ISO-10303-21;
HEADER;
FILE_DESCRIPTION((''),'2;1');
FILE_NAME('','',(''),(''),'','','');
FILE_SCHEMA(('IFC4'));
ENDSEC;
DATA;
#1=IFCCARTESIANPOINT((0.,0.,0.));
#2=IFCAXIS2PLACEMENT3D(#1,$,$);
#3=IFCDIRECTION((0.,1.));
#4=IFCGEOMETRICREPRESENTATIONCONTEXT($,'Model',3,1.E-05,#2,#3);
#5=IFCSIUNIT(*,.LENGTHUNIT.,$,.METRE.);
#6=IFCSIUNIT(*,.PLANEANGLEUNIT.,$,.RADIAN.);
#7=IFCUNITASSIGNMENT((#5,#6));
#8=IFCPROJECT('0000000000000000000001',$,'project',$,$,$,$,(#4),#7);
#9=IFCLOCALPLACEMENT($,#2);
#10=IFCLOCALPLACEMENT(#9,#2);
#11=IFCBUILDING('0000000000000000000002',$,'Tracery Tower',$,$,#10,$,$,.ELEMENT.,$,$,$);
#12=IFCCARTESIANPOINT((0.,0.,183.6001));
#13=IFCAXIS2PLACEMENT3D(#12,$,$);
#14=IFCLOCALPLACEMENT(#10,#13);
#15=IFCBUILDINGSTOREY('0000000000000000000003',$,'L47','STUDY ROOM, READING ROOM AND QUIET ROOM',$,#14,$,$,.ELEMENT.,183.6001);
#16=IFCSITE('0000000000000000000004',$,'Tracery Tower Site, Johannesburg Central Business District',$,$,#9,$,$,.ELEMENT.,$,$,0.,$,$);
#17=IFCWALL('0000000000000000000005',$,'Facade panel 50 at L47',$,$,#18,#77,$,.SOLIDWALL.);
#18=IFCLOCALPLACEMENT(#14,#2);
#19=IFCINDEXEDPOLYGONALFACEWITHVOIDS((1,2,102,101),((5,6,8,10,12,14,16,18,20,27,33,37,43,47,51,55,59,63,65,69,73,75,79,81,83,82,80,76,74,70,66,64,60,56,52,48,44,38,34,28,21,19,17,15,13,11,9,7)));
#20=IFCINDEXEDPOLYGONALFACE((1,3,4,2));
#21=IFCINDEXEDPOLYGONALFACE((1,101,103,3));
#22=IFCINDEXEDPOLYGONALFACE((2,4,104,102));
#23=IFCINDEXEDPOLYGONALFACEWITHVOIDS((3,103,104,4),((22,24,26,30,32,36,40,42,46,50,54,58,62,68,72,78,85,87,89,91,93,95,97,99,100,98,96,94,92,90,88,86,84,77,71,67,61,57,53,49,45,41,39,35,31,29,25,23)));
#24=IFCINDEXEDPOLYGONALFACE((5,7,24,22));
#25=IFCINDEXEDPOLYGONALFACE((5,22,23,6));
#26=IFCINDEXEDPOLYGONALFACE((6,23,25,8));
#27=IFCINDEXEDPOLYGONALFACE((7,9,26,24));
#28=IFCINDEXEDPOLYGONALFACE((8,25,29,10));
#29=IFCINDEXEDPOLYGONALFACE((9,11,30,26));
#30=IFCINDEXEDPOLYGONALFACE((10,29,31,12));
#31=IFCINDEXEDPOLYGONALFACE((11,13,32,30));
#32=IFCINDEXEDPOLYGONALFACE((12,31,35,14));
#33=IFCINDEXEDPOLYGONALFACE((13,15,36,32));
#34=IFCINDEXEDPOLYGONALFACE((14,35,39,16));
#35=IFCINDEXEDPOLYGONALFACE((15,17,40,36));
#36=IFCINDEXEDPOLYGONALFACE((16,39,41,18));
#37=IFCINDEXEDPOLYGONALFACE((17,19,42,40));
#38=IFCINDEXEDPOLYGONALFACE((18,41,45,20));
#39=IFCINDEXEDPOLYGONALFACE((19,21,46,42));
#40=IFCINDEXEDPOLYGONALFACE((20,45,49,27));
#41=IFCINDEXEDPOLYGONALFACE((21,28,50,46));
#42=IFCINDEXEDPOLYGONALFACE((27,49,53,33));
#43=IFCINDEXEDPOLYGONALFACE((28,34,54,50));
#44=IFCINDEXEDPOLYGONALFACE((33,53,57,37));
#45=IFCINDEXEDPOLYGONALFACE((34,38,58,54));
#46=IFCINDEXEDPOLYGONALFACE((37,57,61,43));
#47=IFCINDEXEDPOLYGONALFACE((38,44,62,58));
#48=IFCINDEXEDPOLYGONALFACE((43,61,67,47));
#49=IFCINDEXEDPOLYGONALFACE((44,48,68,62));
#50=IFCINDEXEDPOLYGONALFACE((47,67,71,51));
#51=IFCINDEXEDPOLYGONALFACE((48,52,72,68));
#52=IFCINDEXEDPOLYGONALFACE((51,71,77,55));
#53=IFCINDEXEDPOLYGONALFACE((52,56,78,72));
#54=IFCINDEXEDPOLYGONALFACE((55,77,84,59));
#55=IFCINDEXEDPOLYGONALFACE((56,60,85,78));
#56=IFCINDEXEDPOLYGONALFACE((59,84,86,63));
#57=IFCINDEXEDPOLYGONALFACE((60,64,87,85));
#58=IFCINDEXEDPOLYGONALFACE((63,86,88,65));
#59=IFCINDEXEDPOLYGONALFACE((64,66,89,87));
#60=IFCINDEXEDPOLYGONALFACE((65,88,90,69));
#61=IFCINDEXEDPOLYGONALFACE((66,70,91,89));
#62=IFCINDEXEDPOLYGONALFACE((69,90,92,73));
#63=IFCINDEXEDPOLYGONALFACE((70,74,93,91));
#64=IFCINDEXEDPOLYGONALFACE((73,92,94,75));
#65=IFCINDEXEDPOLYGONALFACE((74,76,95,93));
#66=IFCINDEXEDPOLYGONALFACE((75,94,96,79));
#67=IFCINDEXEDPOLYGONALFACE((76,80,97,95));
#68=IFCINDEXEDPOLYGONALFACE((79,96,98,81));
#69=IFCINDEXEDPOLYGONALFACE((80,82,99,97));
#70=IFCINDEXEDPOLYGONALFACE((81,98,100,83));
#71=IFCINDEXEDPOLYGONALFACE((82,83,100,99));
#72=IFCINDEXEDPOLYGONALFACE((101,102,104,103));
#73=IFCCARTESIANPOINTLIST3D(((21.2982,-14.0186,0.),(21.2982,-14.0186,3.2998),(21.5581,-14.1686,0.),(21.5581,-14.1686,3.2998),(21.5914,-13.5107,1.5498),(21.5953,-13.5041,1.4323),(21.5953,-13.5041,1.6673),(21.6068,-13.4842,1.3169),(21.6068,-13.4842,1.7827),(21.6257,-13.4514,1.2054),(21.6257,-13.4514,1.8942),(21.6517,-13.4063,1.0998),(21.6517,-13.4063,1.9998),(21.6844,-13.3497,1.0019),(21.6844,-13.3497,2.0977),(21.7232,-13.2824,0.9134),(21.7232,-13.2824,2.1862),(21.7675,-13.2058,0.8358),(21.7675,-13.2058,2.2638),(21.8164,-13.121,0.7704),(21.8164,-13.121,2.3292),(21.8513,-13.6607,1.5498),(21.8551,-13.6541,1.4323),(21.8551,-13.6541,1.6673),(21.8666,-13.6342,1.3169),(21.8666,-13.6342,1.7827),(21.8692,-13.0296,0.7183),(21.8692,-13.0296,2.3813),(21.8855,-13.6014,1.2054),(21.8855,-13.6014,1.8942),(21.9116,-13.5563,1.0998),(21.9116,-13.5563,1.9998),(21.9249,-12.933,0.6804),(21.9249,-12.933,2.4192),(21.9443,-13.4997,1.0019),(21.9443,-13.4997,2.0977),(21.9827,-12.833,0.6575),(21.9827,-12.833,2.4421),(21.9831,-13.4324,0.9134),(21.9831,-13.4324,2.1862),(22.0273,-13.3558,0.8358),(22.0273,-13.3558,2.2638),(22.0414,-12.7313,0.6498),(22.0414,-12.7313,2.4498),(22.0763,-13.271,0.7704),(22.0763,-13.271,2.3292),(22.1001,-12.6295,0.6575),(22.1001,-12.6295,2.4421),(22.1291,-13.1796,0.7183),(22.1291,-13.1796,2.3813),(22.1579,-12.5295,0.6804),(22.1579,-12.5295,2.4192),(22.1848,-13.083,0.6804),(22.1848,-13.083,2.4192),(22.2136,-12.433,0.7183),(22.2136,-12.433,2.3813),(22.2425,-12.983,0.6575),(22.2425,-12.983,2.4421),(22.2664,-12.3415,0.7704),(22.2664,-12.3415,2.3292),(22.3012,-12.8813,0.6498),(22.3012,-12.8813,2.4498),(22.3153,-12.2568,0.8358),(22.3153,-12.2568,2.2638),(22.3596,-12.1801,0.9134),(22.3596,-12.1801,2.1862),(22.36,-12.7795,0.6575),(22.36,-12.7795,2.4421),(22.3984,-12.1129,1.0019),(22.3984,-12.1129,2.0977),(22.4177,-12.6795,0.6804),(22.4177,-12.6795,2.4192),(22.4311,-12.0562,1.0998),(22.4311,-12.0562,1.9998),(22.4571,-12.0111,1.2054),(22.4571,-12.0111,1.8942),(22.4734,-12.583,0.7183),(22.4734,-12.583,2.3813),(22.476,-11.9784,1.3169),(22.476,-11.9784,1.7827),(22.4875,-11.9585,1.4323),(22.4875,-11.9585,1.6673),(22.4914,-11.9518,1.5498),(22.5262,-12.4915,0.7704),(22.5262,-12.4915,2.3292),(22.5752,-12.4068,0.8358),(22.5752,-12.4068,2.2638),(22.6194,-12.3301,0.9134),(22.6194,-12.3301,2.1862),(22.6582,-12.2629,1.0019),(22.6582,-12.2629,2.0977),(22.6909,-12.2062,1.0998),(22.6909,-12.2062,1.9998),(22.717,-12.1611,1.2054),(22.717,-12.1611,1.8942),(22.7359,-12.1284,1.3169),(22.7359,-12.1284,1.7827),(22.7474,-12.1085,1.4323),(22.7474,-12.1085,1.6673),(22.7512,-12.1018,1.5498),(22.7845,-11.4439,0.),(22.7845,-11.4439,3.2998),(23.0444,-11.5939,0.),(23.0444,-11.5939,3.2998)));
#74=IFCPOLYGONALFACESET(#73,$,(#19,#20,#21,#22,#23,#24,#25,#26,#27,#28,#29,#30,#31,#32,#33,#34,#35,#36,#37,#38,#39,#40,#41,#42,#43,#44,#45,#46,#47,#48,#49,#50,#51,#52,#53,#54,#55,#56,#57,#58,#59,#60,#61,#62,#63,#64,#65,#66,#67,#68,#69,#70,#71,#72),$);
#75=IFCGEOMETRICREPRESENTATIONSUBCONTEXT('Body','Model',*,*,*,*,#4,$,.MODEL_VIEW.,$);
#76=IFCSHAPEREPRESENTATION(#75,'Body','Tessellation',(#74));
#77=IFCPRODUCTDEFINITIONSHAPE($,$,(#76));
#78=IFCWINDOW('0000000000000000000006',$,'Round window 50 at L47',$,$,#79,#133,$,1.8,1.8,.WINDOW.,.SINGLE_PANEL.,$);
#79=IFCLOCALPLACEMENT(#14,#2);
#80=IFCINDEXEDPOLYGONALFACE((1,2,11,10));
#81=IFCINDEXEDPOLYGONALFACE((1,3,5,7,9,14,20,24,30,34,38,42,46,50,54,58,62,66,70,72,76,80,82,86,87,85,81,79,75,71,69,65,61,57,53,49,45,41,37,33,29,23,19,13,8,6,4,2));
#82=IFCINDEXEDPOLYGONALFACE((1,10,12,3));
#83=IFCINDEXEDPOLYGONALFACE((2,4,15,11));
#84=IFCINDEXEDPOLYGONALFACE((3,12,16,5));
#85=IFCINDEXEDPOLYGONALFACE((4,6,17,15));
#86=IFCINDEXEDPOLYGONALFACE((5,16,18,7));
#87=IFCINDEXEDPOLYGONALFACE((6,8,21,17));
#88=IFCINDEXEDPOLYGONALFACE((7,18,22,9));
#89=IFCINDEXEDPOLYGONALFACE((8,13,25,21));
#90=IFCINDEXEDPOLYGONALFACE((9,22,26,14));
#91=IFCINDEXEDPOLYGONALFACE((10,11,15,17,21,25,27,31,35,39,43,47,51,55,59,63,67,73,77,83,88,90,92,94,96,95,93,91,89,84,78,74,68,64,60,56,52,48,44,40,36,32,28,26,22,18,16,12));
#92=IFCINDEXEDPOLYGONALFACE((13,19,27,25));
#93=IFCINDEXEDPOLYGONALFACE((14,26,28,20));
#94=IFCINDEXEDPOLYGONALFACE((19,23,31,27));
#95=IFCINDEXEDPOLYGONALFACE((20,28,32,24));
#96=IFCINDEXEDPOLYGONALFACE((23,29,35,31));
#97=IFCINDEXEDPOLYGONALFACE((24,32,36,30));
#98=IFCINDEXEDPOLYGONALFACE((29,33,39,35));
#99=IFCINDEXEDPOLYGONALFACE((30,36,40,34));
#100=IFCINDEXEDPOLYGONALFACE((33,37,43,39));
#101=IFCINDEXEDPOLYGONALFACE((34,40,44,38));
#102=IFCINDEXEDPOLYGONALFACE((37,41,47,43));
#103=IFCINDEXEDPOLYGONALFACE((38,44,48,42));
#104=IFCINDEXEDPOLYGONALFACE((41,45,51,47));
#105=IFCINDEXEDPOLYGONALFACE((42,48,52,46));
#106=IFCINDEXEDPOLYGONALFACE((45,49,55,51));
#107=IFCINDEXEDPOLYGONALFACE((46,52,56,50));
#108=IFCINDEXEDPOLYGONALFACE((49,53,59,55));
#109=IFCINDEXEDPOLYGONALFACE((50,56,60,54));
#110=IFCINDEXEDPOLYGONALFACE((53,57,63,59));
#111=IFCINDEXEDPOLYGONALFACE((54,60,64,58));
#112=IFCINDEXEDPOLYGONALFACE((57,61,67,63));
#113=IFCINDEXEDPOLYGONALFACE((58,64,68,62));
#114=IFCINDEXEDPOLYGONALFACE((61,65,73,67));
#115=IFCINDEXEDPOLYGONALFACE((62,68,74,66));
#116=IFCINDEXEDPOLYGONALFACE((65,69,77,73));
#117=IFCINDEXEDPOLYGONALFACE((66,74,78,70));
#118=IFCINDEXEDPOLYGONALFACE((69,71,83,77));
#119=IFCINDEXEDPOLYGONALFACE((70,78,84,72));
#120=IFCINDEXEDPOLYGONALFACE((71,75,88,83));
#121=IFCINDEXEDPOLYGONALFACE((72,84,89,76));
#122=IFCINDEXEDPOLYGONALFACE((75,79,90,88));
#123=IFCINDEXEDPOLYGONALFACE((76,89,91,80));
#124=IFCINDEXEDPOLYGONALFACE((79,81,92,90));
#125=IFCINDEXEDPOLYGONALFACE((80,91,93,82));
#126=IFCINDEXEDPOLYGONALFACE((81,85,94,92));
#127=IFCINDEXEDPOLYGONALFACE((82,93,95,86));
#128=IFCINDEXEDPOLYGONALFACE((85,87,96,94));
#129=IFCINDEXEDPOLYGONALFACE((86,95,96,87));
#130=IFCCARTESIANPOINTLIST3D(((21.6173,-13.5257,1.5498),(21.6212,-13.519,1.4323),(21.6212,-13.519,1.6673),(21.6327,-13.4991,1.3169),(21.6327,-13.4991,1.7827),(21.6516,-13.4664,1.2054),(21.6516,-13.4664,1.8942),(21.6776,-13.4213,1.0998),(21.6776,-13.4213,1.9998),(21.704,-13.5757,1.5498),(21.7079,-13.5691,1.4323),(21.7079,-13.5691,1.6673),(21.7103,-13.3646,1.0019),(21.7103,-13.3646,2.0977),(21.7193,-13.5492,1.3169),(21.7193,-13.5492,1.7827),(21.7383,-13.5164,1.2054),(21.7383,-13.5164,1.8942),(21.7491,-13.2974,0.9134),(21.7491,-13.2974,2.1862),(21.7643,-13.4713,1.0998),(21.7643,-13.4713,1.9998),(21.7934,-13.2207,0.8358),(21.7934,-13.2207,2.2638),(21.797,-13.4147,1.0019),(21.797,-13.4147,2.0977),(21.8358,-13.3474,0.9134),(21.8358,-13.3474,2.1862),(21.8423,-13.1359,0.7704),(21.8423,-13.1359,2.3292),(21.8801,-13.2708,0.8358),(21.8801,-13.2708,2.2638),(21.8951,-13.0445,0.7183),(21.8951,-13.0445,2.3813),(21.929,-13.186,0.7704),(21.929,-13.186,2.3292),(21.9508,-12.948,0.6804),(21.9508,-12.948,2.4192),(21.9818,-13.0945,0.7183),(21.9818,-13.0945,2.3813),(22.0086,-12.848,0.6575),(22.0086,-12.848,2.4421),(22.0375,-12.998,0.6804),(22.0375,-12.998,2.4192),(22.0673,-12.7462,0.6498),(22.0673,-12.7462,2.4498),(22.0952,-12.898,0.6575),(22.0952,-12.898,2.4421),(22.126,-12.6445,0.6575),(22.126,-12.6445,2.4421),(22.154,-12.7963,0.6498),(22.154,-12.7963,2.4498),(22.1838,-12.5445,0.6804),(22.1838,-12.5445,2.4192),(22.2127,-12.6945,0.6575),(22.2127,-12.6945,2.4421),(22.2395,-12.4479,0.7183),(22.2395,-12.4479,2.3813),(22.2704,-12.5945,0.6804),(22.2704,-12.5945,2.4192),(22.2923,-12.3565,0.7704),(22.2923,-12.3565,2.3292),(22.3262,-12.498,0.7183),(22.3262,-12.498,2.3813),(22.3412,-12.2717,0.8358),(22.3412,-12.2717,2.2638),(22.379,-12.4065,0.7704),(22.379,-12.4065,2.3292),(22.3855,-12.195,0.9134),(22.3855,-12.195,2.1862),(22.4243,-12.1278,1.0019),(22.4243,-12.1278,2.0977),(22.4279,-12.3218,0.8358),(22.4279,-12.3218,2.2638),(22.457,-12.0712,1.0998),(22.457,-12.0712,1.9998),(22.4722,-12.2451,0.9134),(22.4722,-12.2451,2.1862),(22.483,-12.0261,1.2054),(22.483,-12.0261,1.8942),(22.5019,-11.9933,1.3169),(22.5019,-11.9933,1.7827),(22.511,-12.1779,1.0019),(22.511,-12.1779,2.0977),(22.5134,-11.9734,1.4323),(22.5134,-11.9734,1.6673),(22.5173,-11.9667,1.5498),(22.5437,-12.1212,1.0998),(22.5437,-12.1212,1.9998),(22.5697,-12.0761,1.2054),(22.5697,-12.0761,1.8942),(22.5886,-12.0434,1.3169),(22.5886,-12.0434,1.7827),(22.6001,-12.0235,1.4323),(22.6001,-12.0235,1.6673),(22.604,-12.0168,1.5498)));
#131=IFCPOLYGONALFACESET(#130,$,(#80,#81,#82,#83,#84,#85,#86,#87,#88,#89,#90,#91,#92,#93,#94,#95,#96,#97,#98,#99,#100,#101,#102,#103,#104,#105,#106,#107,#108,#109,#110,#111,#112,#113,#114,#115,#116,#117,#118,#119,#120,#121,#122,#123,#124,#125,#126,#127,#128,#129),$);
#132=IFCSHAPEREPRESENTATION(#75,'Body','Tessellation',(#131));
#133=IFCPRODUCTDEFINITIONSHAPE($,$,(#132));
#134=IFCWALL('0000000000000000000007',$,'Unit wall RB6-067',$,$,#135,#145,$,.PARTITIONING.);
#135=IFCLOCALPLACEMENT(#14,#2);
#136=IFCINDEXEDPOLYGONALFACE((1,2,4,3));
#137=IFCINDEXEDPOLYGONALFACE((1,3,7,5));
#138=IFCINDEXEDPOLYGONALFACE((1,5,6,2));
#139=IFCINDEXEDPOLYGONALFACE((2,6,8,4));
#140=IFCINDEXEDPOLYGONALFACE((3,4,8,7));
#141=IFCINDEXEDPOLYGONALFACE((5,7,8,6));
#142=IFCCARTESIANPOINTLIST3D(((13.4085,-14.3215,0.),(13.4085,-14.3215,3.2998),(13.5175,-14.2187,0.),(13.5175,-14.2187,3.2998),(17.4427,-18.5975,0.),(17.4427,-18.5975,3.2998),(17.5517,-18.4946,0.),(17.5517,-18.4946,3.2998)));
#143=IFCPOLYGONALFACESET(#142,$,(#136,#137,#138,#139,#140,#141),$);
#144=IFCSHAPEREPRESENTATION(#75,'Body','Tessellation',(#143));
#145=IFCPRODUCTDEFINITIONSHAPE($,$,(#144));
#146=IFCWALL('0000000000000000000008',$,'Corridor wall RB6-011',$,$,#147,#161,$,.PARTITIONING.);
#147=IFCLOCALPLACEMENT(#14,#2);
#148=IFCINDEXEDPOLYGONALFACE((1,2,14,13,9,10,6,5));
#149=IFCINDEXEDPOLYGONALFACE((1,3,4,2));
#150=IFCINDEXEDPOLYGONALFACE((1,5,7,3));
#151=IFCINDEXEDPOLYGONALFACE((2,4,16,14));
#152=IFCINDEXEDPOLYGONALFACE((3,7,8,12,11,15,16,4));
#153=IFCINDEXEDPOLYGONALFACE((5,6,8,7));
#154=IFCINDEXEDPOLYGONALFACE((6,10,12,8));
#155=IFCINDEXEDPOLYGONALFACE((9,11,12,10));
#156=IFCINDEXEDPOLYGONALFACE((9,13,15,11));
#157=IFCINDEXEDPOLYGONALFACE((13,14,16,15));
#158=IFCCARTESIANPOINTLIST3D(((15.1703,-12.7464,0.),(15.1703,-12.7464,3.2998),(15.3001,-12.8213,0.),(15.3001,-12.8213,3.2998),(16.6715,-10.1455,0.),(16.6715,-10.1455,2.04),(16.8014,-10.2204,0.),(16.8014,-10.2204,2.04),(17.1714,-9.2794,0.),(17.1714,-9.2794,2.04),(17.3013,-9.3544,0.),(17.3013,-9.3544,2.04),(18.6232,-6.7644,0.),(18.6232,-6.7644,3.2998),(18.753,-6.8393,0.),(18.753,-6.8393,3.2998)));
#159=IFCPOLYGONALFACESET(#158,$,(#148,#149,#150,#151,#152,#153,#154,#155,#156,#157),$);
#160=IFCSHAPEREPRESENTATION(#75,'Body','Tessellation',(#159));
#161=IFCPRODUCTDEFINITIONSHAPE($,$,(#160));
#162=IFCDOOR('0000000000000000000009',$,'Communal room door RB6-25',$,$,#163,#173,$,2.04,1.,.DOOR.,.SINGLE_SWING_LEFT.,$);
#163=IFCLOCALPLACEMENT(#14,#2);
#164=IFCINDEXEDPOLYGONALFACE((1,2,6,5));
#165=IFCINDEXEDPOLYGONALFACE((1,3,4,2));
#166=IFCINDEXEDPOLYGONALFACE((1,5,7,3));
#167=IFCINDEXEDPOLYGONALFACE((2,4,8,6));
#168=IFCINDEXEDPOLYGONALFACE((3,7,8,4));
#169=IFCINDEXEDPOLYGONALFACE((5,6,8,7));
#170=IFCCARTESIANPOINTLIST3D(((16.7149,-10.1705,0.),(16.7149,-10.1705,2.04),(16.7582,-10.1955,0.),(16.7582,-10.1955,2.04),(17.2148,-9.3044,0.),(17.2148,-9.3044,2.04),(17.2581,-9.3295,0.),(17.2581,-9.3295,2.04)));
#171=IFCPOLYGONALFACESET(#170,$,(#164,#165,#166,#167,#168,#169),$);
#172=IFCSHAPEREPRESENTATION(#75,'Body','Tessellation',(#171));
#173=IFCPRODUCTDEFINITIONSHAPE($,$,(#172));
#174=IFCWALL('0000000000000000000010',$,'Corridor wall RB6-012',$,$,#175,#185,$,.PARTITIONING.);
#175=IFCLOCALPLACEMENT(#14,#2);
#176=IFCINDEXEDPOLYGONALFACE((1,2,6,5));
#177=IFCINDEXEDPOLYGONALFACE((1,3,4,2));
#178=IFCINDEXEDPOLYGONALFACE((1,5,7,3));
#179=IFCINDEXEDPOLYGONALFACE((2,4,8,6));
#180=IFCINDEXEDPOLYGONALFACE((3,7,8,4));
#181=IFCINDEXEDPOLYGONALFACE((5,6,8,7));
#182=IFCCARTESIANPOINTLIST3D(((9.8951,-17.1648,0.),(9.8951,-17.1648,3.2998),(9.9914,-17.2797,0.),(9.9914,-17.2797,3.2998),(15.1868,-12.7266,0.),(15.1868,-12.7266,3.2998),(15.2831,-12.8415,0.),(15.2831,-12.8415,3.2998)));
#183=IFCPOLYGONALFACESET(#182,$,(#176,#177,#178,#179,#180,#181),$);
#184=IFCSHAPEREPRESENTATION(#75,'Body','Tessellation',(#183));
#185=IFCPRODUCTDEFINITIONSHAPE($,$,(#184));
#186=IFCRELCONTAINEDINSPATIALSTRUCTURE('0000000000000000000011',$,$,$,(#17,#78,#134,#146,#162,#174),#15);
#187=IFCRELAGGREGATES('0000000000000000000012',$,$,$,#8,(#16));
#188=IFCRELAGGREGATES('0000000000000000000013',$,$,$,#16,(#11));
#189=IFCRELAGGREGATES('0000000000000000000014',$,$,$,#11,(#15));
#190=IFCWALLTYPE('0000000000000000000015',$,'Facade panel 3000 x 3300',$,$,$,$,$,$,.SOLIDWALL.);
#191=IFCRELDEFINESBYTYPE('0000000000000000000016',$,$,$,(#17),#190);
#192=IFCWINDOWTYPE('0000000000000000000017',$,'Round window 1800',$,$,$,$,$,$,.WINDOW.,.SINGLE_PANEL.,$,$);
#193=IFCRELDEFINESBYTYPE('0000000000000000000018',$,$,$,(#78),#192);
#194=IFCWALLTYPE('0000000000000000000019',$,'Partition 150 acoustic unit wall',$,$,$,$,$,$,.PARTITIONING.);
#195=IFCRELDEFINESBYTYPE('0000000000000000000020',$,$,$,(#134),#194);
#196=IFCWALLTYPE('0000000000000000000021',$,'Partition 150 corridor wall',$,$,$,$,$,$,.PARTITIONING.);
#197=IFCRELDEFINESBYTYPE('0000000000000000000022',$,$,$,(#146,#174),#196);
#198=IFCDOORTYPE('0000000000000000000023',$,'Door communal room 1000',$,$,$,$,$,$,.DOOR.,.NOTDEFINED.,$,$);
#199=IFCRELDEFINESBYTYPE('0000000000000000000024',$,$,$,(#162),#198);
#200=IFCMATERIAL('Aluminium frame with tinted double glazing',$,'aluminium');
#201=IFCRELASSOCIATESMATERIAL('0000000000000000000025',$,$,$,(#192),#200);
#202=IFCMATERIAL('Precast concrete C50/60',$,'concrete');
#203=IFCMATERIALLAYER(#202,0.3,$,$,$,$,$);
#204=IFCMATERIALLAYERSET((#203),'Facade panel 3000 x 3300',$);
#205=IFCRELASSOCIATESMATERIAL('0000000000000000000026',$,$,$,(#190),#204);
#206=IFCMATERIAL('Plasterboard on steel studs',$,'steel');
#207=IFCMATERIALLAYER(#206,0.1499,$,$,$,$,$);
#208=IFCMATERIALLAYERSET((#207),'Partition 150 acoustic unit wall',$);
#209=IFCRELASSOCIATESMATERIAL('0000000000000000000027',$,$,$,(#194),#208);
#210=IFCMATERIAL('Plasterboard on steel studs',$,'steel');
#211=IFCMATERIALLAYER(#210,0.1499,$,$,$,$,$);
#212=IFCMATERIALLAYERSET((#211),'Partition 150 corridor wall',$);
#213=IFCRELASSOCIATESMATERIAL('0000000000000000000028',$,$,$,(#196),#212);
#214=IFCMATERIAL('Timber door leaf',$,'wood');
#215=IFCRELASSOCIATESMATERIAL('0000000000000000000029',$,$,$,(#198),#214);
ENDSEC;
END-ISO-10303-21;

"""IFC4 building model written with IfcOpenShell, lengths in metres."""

from ifc_helpers import new_model, si_unit, direction, frame, frame_2d, origin, origin_2d, place, context, subcontext, project, spatial, rectangle, circle, extrude, material, layer, layer_set, type_object, element, fill, save


model = new_model("IFC4")

# Units and contexts
model_context = context("Model", 3, precision=1e-05, world=origin(), true_north=direction((0.0, 1.0)))
body_context = subcontext(model_context, "Body", "Model", "MODEL_VIEW")
ifc_project = project(units=[si_unit("LENGTHUNIT", "METRE"), si_unit("PLANEANGLEUNIT", "RADIAN")], contexts=[model_context])

# Site, building, storey
site_placement = place(None, origin())
site = spatial("IfcSite", under=ifc_project, at=site_placement, Name="Tracery Tower Site, Johannesburg Central Business District", CompositionType="ELEMENT", RefElevation=0.0)
building_placement = place(site_placement, origin())
building = spatial("IfcBuilding", under=site, at=building_placement, Name="Tracery Tower", CompositionType="ELEMENT")
storey_placement = place(building_placement, frame((0.0, 0.0, 183.6001)))
storey = spatial("IfcBuildingStorey", under=building, at=storey_placement, Name="L47", Description="STUDY ROOM, READING ROOM AND QUIET ROOM", CompositionType="ELEMENT", Elevation=183.6001)

# Wall, opening, window
ifc_material_1 = material(Name="Aluminium frame with tinted double glazing", Category="aluminium")
window_type = type_object("IfcWindowType", Name="Round window 1800", PartitioningType="SINGLE_PANEL", PredefinedType="WINDOW", material=ifc_material_1)
ifc_material_2 = material(Name="Precast concrete C50/60", Category="concrete")
ifc_layer_1 = layer(ifc_material_2, 0.3)
ifc_layer_set_1 = layer_set([ifc_layer_1], Name="Facade panel 3000 x 3300")
wall_type_1 = type_object("IfcWallType", Name="Facade panel 3000 x 3300", PredefinedType="SOLIDWALL", material=ifc_layer_set_1)
wall_1_placement = place(storey_placement, frame((21.4282, -14.0935, 0.0), z_axis=(0.0, 0.0, 1.0), x_axis=(0.499955, 0.866052, 0.0)))
wall_1 = element("IfcWall", 1, at=wall_1_placement, inside=storey, type_object=wall_type_1, Name="Facade panel 50 at L47", PredefinedType="SOLIDWALL", context=body_context, shape_type="SweptSolid", body=[
    extrude(rectangle(XDim=2.9729, YDim=0.3, at=frame_2d((1.4863, 0.0))), origin(), (0.0, 0.0, 1.0), 3.2998),
])
opening_1_placement = place(wall_1_placement, frame((1.4863, 0.0, 1.5498)))
opening_1 = element("IfcOpeningElement", 2, at=opening_1_placement, cuts=wall_1, PredefinedType="OPENING", context=body_context, shape_type="SweptSolid", body=[
    extrude(circle(Radius=0.9, at=origin_2d()), frame((0.0, 0.1599, 0.0), z_axis=(0.0, -1.0, 0.0), x_axis=(1.0, 0.0, 0.0)), (0.0, 0.0, 1.0), 0.3201),
])
window_1_placement = place(opening_1_placement, origin())
window_1 = element("IfcWindow", 3, at=window_1_placement, inside=storey, type_object=window_type, Name="Round window 50 at L47", OverallHeight=1.8, OverallWidth=1.8, PartitioningType="SINGLE_PANEL", PredefinedType="WINDOW", context=body_context, shape_type="SweptSolid", body=[
    extrude(circle(Radius=0.9, at=origin_2d()), frame((0.0, 0.1201, 0.0), z_axis=(0.0, -1.0, 0.0), x_axis=(1.0, 0.0, 0.0)), (0.0, 0.0, 1.0), 0.1001),
])
fill(opening_1, window_1)

# Wall
ifc_material_3 = material(Name="Plasterboard on steel studs", Category="steel")
ifc_layer_2 = layer(ifc_material_3, 0.1499)
ifc_layer_set_2 = layer_set([ifc_layer_2], Name="Partition 150 acoustic unit wall")
wall_type_2 = type_object("IfcWallType", Name="Partition 150 acoustic unit wall", PredefinedType="PARTITIONING", material=ifc_layer_set_2)
wall_2_placement = place(storey_placement, frame((13.4629, -14.27, 0.0), z_axis=(0.0, 0.0, 1.0), x_axis=(0.68625, -0.727365, 0.0)))
element("IfcWall", 4, at=wall_2_placement, inside=storey, type_object=wall_type_2, Name="Unit wall RB6-067", PredefinedType="PARTITIONING", context=body_context, shape_type="SweptSolid", body=[
    extrude(rectangle(XDim=5.8787, YDim=0.1499, at=frame_2d((2.9395, 0.0))), origin(), (0.0, 0.0, 1.0), 3.2998),
])

# Wall, opening, door
ifc_material_4 = material(Name="Plasterboard on steel studs", Category="steel")
ifc_layer_3 = layer(ifc_material_4, 0.1499)
ifc_layer_set_3 = layer_set([ifc_layer_3], Name="Partition 150 corridor wall")
wall_type_3 = type_object("IfcWallType", Name="Partition 150 corridor wall", PredefinedType="PARTITIONING", material=ifc_layer_set_3)
wall_3_placement = place(storey_placement, frame((15.2351, -12.7839, 0.0), z_axis=(0.0, 0.0, 1.0), x_axis=(0.499914, 0.866075, 0.0)))
wall_3 = element("IfcWall", 5, at=wall_3_placement, inside=storey, type_object=wall_type_3, Name="Corridor wall RB6-011", PredefinedType="PARTITIONING", context=body_context, shape_type="SweptSolid", body=[
    extrude(rectangle(XDim=6.907, YDim=0.1499, at=frame_2d((3.4536, 0.0))), origin(), (0.0, 0.0, 1.0), 3.2998),
])
opening_2_placement = place(wall_3_placement, frame((3.0032, 0.0, 0.0)))
opening_2 = element("IfcOpeningElement", 6, at=opening_2_placement, cuts=wall_3, PredefinedType="OPENING", context=body_context, shape_type="SweptSolid", body=[
    extrude(rectangle(XDim=1.0, YDim=2.04, at=frame_2d((0.5, 1.02))), frame((0.0, 0.075, 0.0), z_axis=(0.0, -1.0, 0.0), x_axis=(1.0, 0.0, 0.0)), (0.0, 0.0, 1.0), 0.1499),
])
ifc_material_5 = material(Name="Timber door leaf", Category="wood")
door_type = type_object("IfcDoorType", Name="Door communal room 1000", OperationType="NOTDEFINED", PredefinedType="DOOR", material=ifc_material_5)
door_placement = place(opening_2_placement, origin())
door = element("IfcDoor", 7, at=door_placement, inside=storey, type_object=door_type, Name="Communal room door RB6-25", OperationType="SINGLE_SWING_LEFT", OverallHeight=2.04, OverallWidth=1.0, PredefinedType="DOOR", context=body_context, shape_type="SweptSolid", body=[
    extrude(rectangle(XDim=1.0, YDim=2.04, at=frame_2d((0.5, 1.02))), frame((0.0, 0.0249, 0.0), z_axis=(0.0, -1.0, 0.0), x_axis=(1.0, 0.0, 0.0)), (0.0, 0.0, 1.0), 0.05),
])
fill(opening_2, door)

# Wall
wall_4_placement = place(storey_placement, frame((9.9434, -17.2222, 0.0), z_axis=(0.0, 0.0, 1.0), x_axis=(0.766192, 0.642612, 0.0)))
element("IfcWall", 8, at=wall_4_placement, inside=storey, type_object=wall_type_3, Name="Corridor wall RB6-012", PredefinedType="PARTITIONING", context=body_context, shape_type="SweptSolid", body=[
    extrude(rectangle(XDim=6.9065, YDim=0.1499, at=frame_2d((3.4531, 0.0))), origin(), (0.0, 0.0, 1.0), 3.2998),
])

save(model, "model.ifc")
